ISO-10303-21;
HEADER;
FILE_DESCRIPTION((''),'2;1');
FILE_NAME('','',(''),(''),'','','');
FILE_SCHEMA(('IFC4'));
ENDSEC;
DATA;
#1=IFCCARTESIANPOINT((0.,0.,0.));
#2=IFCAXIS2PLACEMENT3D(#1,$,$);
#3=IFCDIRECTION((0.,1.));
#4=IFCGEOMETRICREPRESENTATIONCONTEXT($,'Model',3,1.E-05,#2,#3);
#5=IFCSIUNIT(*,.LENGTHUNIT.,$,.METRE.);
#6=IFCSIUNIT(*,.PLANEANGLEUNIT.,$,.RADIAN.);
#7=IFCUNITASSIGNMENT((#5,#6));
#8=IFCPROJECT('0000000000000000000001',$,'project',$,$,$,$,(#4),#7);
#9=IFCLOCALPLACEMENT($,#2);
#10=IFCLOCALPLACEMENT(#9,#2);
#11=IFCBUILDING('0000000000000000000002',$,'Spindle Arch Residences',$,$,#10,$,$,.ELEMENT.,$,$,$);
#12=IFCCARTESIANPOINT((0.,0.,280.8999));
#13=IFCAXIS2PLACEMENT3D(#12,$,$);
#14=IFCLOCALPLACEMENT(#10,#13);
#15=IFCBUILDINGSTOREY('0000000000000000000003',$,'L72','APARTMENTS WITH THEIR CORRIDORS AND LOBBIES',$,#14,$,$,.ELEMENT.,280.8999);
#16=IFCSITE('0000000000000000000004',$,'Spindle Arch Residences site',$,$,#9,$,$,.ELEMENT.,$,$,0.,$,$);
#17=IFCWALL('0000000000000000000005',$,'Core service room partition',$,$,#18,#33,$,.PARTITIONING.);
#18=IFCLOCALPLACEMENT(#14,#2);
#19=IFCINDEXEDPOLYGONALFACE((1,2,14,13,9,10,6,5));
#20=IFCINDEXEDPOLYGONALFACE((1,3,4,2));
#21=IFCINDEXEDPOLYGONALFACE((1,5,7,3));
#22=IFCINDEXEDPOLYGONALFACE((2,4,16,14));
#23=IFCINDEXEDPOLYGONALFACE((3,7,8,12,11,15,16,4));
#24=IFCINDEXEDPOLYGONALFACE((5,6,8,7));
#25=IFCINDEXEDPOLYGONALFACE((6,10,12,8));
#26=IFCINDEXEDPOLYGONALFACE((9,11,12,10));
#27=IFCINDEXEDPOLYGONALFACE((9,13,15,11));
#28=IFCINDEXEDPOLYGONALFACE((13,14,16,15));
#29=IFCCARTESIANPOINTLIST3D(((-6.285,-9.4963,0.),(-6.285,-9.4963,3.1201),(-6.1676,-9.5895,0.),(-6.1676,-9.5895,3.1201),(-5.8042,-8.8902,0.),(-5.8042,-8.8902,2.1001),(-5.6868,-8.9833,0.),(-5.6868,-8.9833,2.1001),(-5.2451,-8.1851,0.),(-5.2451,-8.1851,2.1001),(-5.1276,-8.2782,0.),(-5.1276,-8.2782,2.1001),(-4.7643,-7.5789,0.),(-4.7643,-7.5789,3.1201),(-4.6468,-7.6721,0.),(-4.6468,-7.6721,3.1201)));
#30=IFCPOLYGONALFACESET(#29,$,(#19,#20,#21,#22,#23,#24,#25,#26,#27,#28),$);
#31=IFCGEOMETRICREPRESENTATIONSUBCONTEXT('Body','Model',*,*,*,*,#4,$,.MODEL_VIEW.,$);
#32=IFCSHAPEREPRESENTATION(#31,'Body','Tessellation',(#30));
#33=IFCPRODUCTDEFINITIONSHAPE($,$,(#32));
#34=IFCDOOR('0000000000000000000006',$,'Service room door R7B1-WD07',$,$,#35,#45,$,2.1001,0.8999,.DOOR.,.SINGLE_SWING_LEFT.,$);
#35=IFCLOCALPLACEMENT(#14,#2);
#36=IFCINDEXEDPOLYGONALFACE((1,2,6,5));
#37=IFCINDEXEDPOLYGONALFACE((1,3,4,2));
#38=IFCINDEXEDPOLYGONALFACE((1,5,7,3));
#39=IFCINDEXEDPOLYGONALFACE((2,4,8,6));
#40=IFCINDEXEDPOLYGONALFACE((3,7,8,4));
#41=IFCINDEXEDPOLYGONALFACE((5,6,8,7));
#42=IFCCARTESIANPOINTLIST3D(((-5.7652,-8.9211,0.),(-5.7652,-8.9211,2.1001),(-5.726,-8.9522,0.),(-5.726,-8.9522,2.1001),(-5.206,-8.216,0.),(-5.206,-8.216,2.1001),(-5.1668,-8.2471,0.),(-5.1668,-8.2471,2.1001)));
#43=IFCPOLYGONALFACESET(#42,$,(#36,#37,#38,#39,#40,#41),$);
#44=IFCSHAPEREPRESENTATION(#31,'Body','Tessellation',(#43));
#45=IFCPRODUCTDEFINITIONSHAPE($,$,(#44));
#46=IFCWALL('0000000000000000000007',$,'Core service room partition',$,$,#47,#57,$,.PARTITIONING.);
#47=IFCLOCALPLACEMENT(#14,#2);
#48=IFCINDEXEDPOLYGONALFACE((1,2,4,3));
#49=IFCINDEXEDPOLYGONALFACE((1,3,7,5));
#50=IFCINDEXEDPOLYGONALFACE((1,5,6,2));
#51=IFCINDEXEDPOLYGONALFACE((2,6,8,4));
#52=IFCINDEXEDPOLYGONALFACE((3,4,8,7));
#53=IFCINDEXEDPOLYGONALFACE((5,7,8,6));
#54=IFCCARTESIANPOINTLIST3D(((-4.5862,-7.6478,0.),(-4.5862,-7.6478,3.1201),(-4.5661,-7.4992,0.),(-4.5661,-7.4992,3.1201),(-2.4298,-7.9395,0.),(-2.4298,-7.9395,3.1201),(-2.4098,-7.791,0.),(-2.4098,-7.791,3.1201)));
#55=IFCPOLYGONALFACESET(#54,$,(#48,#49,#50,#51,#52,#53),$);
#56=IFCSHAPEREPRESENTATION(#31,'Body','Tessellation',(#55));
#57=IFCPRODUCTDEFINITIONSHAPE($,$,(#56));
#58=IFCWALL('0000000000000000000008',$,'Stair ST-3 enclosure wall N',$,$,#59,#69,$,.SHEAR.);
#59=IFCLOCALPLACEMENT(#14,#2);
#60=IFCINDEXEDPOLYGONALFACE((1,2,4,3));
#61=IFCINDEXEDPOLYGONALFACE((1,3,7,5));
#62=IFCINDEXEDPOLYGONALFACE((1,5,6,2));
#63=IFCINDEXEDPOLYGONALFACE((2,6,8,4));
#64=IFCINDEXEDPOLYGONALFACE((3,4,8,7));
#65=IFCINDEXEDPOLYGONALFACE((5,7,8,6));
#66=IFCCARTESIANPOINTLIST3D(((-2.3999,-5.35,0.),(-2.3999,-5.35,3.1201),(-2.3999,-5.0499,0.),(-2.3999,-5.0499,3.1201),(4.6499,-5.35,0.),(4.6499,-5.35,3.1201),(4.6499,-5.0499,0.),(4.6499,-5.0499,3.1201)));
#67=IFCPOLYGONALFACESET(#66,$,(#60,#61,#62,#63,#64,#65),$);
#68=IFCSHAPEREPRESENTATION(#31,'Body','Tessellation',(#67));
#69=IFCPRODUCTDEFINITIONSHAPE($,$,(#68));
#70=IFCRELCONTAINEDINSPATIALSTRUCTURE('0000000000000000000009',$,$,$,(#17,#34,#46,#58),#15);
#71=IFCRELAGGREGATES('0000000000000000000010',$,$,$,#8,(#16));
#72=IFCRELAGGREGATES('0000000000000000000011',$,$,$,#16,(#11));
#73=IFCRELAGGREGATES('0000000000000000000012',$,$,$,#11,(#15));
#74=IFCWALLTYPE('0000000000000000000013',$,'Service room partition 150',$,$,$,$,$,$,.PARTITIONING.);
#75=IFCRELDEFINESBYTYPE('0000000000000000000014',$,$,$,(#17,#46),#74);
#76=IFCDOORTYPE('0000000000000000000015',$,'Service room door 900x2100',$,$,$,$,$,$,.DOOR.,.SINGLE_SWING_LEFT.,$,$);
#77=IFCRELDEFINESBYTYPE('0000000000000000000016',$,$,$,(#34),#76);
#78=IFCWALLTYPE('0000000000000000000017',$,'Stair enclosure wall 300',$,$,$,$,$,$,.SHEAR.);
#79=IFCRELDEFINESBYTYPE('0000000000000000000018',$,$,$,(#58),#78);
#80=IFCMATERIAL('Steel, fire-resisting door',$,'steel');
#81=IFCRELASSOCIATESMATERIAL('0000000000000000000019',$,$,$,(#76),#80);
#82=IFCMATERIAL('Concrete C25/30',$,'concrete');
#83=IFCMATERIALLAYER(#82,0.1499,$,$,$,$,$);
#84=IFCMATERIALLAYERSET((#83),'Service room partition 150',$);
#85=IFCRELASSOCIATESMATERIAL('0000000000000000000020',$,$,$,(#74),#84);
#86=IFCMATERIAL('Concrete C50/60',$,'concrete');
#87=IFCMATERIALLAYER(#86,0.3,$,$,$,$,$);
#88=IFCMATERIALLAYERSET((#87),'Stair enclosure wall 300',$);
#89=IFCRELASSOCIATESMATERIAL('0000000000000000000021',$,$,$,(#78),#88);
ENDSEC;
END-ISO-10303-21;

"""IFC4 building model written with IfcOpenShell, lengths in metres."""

from ifc_helpers import new_model, si_unit, direction, frame, frame_2d, origin, place, context, subcontext, project, spatial, rectangle, extrude, material, layer, layer_set, type_object, element, fill, save


model = new_model("IFC4")

# Units and contexts
model_context = context("Model", 3, precision=1e-05, world=origin(), true_north=direction((0.0, 1.0)))
body_context = subcontext(model_context, "Body", "Model", "MODEL_VIEW")
ifc_project = project(units=[si_unit("LENGTHUNIT", "METRE"), si_unit("PLANEANGLEUNIT", "RADIAN")], contexts=[model_context])

# Site, building, storey
site_placement = place(None, origin())
site = spatial("IfcSite", under=ifc_project, at=site_placement, Name="Spindle Arch Residences site", CompositionType="ELEMENT", RefElevation=0.0)
building_placement = place(site_placement, origin())
building = spatial("IfcBuilding", under=site, at=building_placement, Name="Spindle Arch Residences", CompositionType="ELEMENT")
storey_placement = place(building_placement, frame((0.0, 0.0, 280.8999)))
storey = spatial("IfcBuildingStorey", under=building, at=storey_placement, Name="L72", Description="APARTMENTS WITH THEIR CORRIDORS AND LOBBIES", CompositionType="ELEMENT", Elevation=280.8999)

# Shared definitions
ifc_material_1 = material(Name="Steel, fire-resisting door", Category="steel")
door_type_1 = type_object("IfcDoorType", Name="Service room door 900x2100", OperationType="SINGLE_SWING_LEFT", PredefinedType="DOOR", material=ifc_material_1)

# Wall, opening, door
ifc_material_2 = material(Name="Concrete C25/30", Category="concrete")
ifc_layer_1 = layer(ifc_material_2, 0.1499)
ifc_layer_set_1 = layer_set([ifc_layer_1], Name="Service room partition 150")
wall_type_1 = type_object("IfcWallType", Name="Service room partition 150", PredefinedType="PARTITIONING", material=ifc_layer_set_1)
wall_1_placement = place(storey_placement, frame((-4.7056, -7.6255, 0.0), z_axis=(0.0, 0.0, 1.0), x_axis=(-0.621393, -0.783499, 0.0)))
wall_1 = element("IfcWall", 1, at=wall_1_placement, inside=storey, type_object=wall_type_1, Name="Core service room partition", PredefinedType="PARTITIONING", context=body_context, shape_type="SweptSolid", body=[
    extrude(rectangle(XDim=2.4473, YDim=0.1499, at=frame_2d((1.2236, 0.0))), origin(), (0.0, 0.0, 1.0), 3.1201),
])
opening_1_placement = place(wall_1_placement, frame((0.7737, 0.0, 0.0)))
opening_1 = element("IfcOpeningElement", 2, at=opening_1_placement, cuts=wall_1, PredefinedType="OPENING", context=body_context, shape_type="SweptSolid", body=[
    extrude(rectangle(XDim=0.8999, YDim=2.1001, at=frame_2d((0.45, 1.05))), frame((0.0, 0.085, 0.0), z_axis=(0.0, -1.0, 0.0), x_axis=(1.0, 0.0, 0.0)), (0.0, 0.0, 1.0), 0.1699),
])
door_1_placement = place(opening_1_placement, origin())
door_1 = element("IfcDoor", 3, at=door_1_placement, inside=storey, type_object=door_type_1, Name="Service room door R7B1-WD07", OperationType="SINGLE_SWING_LEFT", OverallHeight=2.1001, OverallWidth=0.8999, PredefinedType="DOOR", context=body_context, shape_type="SweptSolid", body=[
    extrude(rectangle(XDim=0.8999, YDim=2.1001, at=frame_2d((0.45, 1.05))), frame((0.0, 0.0249, 0.0), z_axis=(0.0, -1.0, 0.0), x_axis=(1.0, 0.0, 0.0)), (0.0, 0.0, 1.0), 0.05),
])
fill(opening_1, door_1)

# Walls
wall_2_placement = place(storey_placement, frame((-2.4199, -7.8652, 0.0), z_axis=(0.0, 0.0, 1.0), x_axis=(-0.990972, 0.134067, 0.0)))
element("IfcWall", 4, at=wall_2_placement, inside=storey, type_object=wall_type_1, Name="Core service room partition", PredefinedType="PARTITIONING", context=body_context, shape_type="SweptSolid", body=[
    extrude(rectangle(XDim=2.176, YDim=0.1499, at=frame_2d((1.0879, 0.0))), origin(), (0.0, 0.0, 1.0), 3.1201),
])
ifc_material_3 = material(Name="Concrete C50/60", Category="concrete")
ifc_layer_2 = layer(ifc_material_3, 0.3)
ifc_layer_set_2 = layer_set([ifc_layer_2], Name="Stair enclosure wall 300")
wall_type_2 = type_object("IfcWallType", Name="Stair enclosure wall 300", PredefinedType="SHEAR", material=ifc_layer_set_2)
wall_3_placement = place(storey_placement, frame((-2.3999, -5.2, 0.0), z_axis=(0.0, 0.0, 1.0), x_axis=(1.0, 0.0, 0.0)))
element("IfcWall", 5, at=wall_3_placement, inside=storey, type_object=wall_type_2, Name="Stair ST-3 enclosure wall N", PredefinedType="SHEAR", context=body_context, shape_type="SweptSolid", body=[
    extrude(rectangle(XDim=7.0498, YDim=0.3, at=frame_2d((3.5249, 0.0))), origin(), (0.0, 0.0, 1.0), 3.1201),
])

save(model, "model.ifc")
